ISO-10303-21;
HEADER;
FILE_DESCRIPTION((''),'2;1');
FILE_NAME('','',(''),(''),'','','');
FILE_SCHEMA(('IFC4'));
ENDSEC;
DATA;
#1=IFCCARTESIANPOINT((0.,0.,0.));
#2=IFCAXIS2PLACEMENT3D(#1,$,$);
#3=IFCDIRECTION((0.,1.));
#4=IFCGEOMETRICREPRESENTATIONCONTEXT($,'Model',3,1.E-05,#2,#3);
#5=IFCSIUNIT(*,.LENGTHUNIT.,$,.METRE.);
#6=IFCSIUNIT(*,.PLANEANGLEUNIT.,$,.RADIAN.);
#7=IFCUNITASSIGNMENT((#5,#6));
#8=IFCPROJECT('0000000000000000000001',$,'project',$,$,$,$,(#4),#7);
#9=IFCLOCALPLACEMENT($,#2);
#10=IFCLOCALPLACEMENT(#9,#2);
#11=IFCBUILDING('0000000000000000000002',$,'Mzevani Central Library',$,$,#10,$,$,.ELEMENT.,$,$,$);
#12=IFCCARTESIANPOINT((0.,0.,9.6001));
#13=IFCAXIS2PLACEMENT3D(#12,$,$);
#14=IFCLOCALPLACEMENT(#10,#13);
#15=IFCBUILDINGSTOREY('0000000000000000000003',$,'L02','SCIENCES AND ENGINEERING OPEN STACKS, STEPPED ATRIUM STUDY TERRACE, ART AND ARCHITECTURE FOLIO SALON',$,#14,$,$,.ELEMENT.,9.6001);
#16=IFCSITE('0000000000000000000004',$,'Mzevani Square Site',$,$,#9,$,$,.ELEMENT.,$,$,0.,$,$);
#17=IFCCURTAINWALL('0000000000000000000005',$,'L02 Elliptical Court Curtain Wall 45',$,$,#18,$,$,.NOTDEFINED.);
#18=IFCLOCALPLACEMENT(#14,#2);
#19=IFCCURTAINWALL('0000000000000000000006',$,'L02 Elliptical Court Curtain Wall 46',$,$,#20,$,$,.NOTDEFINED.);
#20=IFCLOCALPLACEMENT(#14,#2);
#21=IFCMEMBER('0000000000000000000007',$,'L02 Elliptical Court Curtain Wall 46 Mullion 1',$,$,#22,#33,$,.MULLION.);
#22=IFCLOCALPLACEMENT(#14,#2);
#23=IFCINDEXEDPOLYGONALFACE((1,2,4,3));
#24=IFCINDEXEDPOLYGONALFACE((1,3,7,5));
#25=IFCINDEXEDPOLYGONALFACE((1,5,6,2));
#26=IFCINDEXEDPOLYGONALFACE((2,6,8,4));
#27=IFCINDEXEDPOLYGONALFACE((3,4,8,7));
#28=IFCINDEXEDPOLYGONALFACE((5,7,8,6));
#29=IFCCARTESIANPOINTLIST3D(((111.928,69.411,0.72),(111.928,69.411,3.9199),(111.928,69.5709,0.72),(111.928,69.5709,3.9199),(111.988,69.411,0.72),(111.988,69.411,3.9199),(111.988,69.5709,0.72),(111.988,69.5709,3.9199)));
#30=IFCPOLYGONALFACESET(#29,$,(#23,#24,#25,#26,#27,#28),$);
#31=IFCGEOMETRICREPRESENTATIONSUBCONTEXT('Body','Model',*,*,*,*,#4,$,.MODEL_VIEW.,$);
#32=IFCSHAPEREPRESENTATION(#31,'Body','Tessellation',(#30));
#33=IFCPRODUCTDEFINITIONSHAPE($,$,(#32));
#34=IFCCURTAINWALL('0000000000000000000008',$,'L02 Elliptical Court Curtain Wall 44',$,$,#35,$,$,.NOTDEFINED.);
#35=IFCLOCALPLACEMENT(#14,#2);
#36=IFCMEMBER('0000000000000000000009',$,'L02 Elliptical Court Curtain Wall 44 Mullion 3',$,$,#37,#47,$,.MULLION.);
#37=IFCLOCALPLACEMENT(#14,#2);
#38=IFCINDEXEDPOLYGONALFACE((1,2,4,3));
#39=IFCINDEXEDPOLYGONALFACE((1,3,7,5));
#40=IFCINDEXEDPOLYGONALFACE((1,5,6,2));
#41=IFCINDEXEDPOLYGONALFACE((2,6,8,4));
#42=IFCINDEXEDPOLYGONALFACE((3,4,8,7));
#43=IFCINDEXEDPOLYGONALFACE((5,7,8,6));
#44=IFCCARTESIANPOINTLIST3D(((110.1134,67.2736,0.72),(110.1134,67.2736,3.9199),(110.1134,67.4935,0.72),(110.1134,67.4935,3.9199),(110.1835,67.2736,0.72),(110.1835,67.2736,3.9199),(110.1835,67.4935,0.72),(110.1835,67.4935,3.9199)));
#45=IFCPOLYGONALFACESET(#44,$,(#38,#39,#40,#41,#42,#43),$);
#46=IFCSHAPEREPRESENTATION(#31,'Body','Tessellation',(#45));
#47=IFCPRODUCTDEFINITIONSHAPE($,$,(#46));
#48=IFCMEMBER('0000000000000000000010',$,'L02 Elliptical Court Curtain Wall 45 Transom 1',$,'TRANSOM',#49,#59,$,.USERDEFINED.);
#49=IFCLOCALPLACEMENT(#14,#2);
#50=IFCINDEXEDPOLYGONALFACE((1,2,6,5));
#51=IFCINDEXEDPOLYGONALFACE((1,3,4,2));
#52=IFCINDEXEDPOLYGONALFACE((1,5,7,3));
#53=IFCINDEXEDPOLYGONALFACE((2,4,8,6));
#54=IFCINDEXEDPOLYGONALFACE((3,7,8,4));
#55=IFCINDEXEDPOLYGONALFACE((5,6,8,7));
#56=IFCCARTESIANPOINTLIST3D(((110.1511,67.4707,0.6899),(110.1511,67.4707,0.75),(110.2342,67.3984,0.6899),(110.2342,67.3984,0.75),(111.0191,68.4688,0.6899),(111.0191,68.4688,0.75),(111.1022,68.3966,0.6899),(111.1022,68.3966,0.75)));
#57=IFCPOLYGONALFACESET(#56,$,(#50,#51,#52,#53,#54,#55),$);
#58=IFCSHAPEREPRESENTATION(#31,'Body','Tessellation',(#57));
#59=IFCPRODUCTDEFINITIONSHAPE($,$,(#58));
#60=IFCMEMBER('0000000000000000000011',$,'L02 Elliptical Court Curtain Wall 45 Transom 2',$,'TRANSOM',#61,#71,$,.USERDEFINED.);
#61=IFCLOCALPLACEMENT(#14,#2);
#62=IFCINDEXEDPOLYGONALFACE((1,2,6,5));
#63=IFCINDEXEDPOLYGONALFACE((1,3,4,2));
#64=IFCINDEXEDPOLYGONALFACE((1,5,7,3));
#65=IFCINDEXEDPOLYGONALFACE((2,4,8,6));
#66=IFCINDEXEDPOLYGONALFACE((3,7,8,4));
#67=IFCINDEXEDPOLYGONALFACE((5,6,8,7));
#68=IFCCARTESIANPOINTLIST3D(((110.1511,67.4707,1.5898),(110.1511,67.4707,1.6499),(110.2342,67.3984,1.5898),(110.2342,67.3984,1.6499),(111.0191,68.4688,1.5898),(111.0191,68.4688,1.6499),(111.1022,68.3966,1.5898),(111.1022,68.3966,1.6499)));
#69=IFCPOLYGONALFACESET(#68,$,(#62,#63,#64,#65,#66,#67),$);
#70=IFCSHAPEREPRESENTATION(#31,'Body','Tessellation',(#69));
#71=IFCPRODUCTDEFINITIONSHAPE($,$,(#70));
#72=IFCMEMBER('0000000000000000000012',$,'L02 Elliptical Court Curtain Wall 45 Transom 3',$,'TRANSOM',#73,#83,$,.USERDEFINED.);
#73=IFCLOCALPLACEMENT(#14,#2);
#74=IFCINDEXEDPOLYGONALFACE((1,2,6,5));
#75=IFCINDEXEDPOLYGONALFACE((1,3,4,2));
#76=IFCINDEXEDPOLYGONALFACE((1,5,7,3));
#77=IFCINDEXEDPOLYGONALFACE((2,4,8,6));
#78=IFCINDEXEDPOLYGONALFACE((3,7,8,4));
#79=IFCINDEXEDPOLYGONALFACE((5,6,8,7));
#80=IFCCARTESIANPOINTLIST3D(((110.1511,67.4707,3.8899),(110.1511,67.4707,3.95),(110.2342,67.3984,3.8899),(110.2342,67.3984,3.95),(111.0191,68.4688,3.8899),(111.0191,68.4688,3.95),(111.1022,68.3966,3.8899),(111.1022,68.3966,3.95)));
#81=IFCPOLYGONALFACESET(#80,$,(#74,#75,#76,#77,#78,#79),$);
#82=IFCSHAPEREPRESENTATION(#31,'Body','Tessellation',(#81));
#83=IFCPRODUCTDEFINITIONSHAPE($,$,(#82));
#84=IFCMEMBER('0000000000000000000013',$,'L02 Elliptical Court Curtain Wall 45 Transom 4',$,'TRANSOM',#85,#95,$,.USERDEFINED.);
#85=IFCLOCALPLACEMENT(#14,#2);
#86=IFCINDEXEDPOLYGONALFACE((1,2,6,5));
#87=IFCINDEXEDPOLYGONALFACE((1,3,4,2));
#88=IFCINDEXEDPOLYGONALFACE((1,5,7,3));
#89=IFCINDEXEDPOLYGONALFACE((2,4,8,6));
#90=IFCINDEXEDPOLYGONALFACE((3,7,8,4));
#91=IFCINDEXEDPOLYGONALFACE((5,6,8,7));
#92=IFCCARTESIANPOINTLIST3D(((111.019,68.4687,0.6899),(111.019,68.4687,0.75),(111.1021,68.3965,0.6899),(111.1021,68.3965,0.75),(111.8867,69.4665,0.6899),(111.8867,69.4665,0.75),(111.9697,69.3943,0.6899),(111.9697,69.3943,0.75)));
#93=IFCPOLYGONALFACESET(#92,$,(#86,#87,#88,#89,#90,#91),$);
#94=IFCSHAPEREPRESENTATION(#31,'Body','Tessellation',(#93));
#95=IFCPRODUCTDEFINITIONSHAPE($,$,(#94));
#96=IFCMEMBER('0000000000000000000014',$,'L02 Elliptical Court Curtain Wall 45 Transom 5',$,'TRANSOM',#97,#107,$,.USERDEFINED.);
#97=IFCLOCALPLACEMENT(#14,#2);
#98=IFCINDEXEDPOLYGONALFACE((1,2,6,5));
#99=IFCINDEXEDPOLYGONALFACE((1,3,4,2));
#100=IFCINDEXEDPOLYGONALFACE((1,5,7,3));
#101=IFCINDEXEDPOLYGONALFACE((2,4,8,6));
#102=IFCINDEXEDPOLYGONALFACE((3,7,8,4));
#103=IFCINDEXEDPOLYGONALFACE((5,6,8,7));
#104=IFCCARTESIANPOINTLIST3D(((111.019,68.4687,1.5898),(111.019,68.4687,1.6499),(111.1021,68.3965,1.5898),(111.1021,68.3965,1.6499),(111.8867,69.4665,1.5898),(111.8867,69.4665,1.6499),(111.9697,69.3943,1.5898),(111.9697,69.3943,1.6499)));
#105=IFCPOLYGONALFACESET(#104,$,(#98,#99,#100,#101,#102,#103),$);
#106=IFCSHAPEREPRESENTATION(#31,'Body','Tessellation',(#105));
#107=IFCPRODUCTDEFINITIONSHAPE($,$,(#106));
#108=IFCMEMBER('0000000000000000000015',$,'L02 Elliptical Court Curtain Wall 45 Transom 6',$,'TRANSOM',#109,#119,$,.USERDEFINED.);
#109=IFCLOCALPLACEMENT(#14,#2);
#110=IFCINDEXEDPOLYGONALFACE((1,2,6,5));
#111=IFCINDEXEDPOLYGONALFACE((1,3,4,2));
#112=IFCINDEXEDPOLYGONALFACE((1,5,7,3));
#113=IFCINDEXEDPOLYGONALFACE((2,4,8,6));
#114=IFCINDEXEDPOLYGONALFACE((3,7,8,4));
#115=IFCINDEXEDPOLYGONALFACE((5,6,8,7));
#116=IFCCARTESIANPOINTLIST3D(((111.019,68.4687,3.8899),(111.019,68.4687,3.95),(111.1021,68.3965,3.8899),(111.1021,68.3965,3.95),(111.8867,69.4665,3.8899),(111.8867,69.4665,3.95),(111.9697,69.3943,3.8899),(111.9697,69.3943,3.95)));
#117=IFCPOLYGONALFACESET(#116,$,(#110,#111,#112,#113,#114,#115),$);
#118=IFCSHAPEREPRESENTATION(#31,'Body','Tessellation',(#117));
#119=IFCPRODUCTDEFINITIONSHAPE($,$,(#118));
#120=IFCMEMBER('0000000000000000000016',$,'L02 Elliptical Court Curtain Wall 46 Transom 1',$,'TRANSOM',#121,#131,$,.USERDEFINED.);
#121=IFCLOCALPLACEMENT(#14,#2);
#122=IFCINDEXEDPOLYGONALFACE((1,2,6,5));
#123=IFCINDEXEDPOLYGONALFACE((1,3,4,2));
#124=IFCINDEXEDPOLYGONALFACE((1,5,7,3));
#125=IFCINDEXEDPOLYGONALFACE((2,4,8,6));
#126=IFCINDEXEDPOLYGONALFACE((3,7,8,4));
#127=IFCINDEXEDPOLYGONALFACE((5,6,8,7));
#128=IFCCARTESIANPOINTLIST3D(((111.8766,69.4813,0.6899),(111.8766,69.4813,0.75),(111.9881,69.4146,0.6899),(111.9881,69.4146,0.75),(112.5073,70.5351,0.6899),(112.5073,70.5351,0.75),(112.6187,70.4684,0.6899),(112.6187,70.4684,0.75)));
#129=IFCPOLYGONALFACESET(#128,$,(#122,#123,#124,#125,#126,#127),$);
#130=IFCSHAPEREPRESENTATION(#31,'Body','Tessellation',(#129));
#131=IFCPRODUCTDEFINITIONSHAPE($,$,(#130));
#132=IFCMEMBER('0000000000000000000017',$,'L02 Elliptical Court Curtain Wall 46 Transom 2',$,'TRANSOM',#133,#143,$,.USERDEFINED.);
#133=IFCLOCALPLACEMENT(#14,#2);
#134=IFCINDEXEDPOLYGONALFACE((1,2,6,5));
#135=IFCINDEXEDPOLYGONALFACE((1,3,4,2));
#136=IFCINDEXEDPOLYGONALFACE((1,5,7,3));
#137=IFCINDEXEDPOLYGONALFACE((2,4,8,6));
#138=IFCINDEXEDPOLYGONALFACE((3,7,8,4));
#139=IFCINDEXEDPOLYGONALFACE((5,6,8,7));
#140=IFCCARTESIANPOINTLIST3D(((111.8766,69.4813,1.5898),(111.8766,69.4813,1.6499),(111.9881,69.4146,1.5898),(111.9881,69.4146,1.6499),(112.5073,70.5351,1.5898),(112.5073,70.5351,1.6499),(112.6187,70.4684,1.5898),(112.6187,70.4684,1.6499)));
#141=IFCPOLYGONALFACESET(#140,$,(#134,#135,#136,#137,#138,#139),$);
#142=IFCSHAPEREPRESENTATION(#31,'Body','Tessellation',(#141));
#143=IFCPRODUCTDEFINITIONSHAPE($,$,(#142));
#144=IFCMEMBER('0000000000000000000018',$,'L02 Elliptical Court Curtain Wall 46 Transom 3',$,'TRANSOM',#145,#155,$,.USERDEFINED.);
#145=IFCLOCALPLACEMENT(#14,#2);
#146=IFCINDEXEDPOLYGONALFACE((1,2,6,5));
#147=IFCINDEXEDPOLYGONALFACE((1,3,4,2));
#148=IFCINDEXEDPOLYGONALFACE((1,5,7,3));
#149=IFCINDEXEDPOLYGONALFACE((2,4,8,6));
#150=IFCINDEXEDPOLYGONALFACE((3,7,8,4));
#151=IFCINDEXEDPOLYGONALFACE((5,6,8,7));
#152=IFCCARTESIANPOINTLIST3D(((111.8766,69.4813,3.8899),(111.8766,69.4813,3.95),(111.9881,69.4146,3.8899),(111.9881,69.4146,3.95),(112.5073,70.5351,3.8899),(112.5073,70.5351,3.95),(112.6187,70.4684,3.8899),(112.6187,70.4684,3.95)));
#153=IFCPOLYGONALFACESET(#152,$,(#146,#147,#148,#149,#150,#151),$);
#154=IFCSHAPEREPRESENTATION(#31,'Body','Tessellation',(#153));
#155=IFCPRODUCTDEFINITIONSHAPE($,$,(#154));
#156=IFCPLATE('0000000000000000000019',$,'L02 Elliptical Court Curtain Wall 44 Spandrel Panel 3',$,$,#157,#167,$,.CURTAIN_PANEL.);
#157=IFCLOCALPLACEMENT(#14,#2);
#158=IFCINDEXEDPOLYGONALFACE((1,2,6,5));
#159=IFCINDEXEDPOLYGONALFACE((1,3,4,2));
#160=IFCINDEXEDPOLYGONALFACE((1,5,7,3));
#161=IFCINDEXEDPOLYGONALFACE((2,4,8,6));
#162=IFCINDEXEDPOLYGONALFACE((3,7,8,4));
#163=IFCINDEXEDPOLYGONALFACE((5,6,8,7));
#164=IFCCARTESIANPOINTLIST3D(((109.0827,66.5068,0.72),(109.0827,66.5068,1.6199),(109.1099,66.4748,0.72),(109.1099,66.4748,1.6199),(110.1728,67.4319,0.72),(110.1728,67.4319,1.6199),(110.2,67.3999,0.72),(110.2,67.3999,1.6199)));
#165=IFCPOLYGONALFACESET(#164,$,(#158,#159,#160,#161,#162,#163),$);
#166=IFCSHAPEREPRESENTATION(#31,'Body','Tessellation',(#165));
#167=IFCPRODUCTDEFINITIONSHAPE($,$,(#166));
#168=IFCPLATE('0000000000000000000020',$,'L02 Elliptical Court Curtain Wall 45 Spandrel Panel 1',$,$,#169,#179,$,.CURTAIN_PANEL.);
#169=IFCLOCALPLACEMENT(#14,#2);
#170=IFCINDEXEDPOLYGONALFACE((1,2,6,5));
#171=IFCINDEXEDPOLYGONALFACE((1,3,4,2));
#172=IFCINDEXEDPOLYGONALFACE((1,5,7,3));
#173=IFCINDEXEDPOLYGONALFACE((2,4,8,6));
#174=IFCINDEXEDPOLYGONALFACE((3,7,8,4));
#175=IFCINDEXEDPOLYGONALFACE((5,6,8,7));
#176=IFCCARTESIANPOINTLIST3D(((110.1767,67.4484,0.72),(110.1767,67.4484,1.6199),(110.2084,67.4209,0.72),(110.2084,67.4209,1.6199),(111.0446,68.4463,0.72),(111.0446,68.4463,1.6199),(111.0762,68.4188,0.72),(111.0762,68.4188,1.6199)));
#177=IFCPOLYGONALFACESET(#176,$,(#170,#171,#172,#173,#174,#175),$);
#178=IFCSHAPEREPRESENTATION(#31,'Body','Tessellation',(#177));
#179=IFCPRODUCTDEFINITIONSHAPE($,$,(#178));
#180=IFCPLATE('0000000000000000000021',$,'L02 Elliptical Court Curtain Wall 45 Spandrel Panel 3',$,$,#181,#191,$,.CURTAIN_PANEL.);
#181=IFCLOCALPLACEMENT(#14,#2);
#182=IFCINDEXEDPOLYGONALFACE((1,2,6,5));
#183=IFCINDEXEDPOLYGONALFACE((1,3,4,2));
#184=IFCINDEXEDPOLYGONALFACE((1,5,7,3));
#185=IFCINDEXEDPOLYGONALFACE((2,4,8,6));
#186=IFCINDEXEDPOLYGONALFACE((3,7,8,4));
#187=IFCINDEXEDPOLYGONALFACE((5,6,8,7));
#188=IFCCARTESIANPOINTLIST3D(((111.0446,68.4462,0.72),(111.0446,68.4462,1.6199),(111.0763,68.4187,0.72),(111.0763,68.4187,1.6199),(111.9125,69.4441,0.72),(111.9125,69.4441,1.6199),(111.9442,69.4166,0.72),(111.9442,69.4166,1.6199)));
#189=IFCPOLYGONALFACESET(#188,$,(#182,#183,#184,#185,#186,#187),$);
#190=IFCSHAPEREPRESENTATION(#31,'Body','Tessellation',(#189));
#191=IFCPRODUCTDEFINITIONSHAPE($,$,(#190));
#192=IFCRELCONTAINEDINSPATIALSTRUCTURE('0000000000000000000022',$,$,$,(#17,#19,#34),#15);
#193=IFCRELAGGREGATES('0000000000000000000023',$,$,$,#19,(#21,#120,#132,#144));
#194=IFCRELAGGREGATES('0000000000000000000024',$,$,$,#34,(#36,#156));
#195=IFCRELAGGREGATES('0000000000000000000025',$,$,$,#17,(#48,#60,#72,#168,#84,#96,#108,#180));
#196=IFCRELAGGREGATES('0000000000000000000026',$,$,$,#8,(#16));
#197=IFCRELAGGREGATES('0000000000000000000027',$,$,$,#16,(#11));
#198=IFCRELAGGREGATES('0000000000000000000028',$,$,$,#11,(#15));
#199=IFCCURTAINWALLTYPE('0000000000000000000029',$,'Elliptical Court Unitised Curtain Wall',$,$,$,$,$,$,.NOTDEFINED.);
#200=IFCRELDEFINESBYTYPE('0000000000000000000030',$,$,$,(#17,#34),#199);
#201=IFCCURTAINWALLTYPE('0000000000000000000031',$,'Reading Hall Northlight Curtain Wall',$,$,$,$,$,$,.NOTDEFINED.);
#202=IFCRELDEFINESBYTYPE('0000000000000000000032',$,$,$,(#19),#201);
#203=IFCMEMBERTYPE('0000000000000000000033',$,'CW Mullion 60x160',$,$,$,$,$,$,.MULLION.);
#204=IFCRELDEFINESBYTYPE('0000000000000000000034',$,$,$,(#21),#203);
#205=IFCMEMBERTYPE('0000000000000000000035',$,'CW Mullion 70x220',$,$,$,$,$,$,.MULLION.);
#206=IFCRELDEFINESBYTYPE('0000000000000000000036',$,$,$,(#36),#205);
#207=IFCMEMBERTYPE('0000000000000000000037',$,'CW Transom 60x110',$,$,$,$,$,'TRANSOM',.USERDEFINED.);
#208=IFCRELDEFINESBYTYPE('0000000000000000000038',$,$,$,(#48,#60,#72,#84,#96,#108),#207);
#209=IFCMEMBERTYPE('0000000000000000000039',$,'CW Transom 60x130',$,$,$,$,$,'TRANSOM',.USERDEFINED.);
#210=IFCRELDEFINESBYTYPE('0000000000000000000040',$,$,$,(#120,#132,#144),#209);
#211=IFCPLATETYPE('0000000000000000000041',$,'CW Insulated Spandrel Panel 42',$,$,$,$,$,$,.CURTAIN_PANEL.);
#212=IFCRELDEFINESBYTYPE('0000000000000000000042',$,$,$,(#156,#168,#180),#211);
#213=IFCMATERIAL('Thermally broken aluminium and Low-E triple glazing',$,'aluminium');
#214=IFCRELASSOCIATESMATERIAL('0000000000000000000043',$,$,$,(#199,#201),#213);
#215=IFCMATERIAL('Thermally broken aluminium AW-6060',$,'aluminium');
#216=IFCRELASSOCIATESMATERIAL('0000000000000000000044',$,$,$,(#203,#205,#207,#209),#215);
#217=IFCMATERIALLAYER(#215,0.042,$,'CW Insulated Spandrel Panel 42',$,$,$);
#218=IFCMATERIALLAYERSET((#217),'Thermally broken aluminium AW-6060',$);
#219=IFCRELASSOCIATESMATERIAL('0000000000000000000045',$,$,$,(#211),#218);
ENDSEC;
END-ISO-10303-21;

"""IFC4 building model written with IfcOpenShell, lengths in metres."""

from ifc_helpers import new_model, si_unit, direction, frame, origin, origin_2d, place, context, subcontext, project, spatial, rectangle, extrude, material, layer, layer_set, material_profile, profile_set, type_object, element, aggregate, save


model = new_model("IFC4")

# Units and contexts
model_context = context("Model", 3, precision=1e-05, world=origin(), true_north=direction((0.0, 1.0)))
body_context = subcontext(model_context, "Body", "Model", "MODEL_VIEW")
ifc_project = project(units=[si_unit("LENGTHUNIT", "METRE"), si_unit("PLANEANGLEUNIT", "RADIAN")], contexts=[model_context])

# Site, building, storey
site_placement = place(None, origin())
site = spatial("IfcSite", under=ifc_project, at=site_placement, Name="Mzevani Square Site", CompositionType="ELEMENT", RefElevation=0.0)
building_placement = place(site_placement, origin())
building = spatial("IfcBuilding", under=site, at=building_placement, Name="Mzevani Central Library", CompositionType="ELEMENT")
storey_placement = place(building_placement, frame((0.0, 0.0, 9.6001)))
storey = spatial("IfcBuildingStorey", under=building, at=storey_placement, Name="L02", Description="SCIENCES AND ENGINEERING OPEN STACKS, STEPPED ATRIUM STUDY TERRACE, ART AND ARCHITECTURE FOLIO SALON", CompositionType="ELEMENT", Elevation=9.6001)

# Curtain wall
ifc_material_1 = material(Name="Thermally broken aluminium and Low-E triple glazing", Category="aluminium")
curtain_wall_type_1 = type_object("IfcCurtainWallType", Name="Elliptical Court Unitised Curtain Wall", PredefinedType="NOTDEFINED", material=ifc_material_1)
curtain_wall_1_placement = place(storey_placement, origin())
curtain_wall_1 = element("IfcCurtainWall", 1, at=curtain_wall_1_placement, inside=storey, type_object=curtain_wall_type_1, Name="L02 Elliptical Court Curtain Wall 45", PredefinedType="NOTDEFINED")
ifc_material_2 = material(Name="Thermally broken aluminium AW-6060", Category="aluminium")

# Curtain walls, members
curtain_wall_type_2 = type_object("IfcCurtainWallType", Name="Reading Hall Northlight Curtain Wall", PredefinedType="NOTDEFINED", material=ifc_material_1)
curtain_wall_2_placement = place(storey_placement, origin())
curtain_wall_2 = element("IfcCurtainWall", 2, at=curtain_wall_2_placement, inside=storey, type_object=curtain_wall_type_2, Name="L02 Elliptical Court Curtain Wall 46", PredefinedType="NOTDEFINED")
ifc_material_profile_1 = material_profile(ifc_material_2, rectangle(XDim=0.0601, YDim=0.1599, at=origin_2d()), Name="ALU M60x160")
ifc_profile_set_1 = profile_set([ifc_material_profile_1], Name="Thermally broken aluminium AW-6060")
member_type_1 = type_object("IfcMemberType", Name="CW Mullion 60x160", PredefinedType="MULLION", material=ifc_profile_set_1)
member_1_placement = place(storey_placement, frame((111.958, 69.491, 0.72), z_axis=(0.0, 0.0, 1.0), x_axis=(1.0, 0.0, 0.0)))
member_1 = element("IfcMember", 3, at=member_1_placement, type_object=member_type_1, Name="L02 Elliptical Court Curtain Wall 46 Mullion 1", PredefinedType="MULLION", context=body_context, shape_type="SweptSolid", body=[
    extrude(rectangle(XDim=0.0601, YDim=0.1599, at=origin_2d()), origin(), (0.0, 0.0, 1.0), 3.2),
])
curtain_wall_3_placement = place(storey_placement, origin())
curtain_wall_3 = element("IfcCurtainWall", 4, at=curtain_wall_3_placement, inside=storey, type_object=curtain_wall_type_1, Name="L02 Elliptical Court Curtain Wall 44", PredefinedType="NOTDEFINED")
ifc_material_profile_2 = material_profile(ifc_material_2, rectangle(XDim=0.0701, YDim=0.22, at=origin_2d()), Name="ALU M70x220")
ifc_profile_set_2 = profile_set([ifc_material_profile_2], Name="Thermally broken aluminium AW-6060")
member_type_2 = type_object("IfcMemberType", Name="CW Mullion 70x220", PredefinedType="MULLION", material=ifc_profile_set_2)
member_2_placement = place(storey_placement, frame((110.1484, 67.3835, 0.72), z_axis=(0.0, 0.0, 1.0), x_axis=(1.0, 0.0, 0.0)))
member_2 = element("IfcMember", 5, at=member_2_placement, type_object=member_type_2, Name="L02 Elliptical Court Curtain Wall 44 Mullion 3", PredefinedType="MULLION", context=body_context, shape_type="SweptSolid", body=[
    extrude(rectangle(XDim=0.0701, YDim=0.22, at=origin_2d()), origin(), (0.0, 0.0, 1.0), 3.2),
])

# Members
ifc_material_profile_3 = material_profile(ifc_material_2, rectangle(XDim=0.1101, YDim=0.0601, at=origin_2d()), Name="ALU T60x110")
ifc_profile_set_3 = profile_set([ifc_material_profile_3], Name="Thermally broken aluminium AW-6060")
member_type_3 = type_object("IfcMemberType", Name="CW Transom 60x110", ElementType="TRANSOM", PredefinedType="USERDEFINED", material=ifc_profile_set_3)
member_3_placement = place(storey_placement, frame((110.1926, 67.4346, 0.72), z_axis=(0.656202, 0.754586, 0.0), x_axis=(-0.754586, 0.656202, 0.0)))
member_3 = element("IfcMember", 6, at=member_3_placement, type_object=member_type_3, Name="L02 Elliptical Court Curtain Wall 45 Transom 1", ObjectType="TRANSOM", PredefinedType="USERDEFINED", context=body_context, shape_type="SweptSolid", body=[
    extrude(rectangle(XDim=0.1101, YDim=0.0601, at=origin_2d()), origin(), (0.0, 0.0, 1.0), 1.3228),
])
member_4_placement = place(storey_placement, frame((110.1926, 67.4346, 1.6199), z_axis=(0.656202, 0.754586, 0.0), x_axis=(-0.754586, 0.656202, 0.0)))
member_4 = element("IfcMember", 7, at=member_4_placement, type_object=member_type_3, Name="L02 Elliptical Court Curtain Wall 45 Transom 2", ObjectType="TRANSOM", PredefinedType="USERDEFINED", context=body_context, shape_type="SweptSolid", body=[
    extrude(rectangle(XDim=0.1101, YDim=0.0601, at=origin_2d()), origin(), (0.0, 0.0, 1.0), 1.3228),
])
member_5_placement = place(storey_placement, frame((110.1926, 67.4346, 3.9199), z_axis=(0.656202, 0.754586, 0.0), x_axis=(-0.754586, 0.656202, 0.0)))
member_5 = element("IfcMember", 8, at=member_5_placement, type_object=member_type_3, Name="L02 Elliptical Court Curtain Wall 45 Transom 3", ObjectType="TRANSOM", PredefinedType="USERDEFINED", context=body_context, shape_type="SweptSolid", body=[
    extrude(rectangle(XDim=0.1101, YDim=0.0601, at=origin_2d()), origin(), (0.0, 0.0, 1.0), 1.3228),
])
member_6_placement = place(storey_placement, frame((111.0605, 68.4326, 0.72), z_axis=(0.656188, 0.754598, 0.0), x_axis=(-0.754598, 0.656188, 0.0)))
member_6 = element("IfcMember", 9, at=member_6_placement, type_object=member_type_3, Name="L02 Elliptical Court Curtain Wall 45 Transom 4", ObjectType="TRANSOM", PredefinedType="USERDEFINED", context=body_context, shape_type="SweptSolid", body=[
    extrude(rectangle(XDim=0.1101, YDim=0.0601, at=origin_2d()), origin(), (0.0, 0.0, 1.0), 1.3223),
])
member_7_placement = place(storey_placement, frame((111.0605, 68.4326, 1.6199), z_axis=(0.656188, 0.754598, 0.0), x_axis=(-0.754598, 0.656188, 0.0)))
member_7 = element("IfcMember", 10, at=member_7_placement, type_object=member_type_3, Name="L02 Elliptical Court Curtain Wall 45 Transom 5", ObjectType="TRANSOM", PredefinedType="USERDEFINED", context=body_context, shape_type="SweptSolid", body=[
    extrude(rectangle(XDim=0.1101, YDim=0.0601, at=origin_2d()), origin(), (0.0, 0.0, 1.0), 1.3223),
])
member_8_placement = place(storey_placement, frame((111.0605, 68.4326, 3.9199), z_axis=(0.656188, 0.754598, 0.0), x_axis=(-0.754598, 0.656188, 0.0)))
member_8 = element("IfcMember", 11, at=member_8_placement, type_object=member_type_3, Name="L02 Elliptical Court Curtain Wall 45 Transom 6", ObjectType="TRANSOM", PredefinedType="USERDEFINED", context=body_context, shape_type="SweptSolid", body=[
    extrude(rectangle(XDim=0.1101, YDim=0.0601, at=origin_2d()), origin(), (0.0, 0.0, 1.0), 1.3223),
])
ifc_material_profile_4 = material_profile(ifc_material_2, rectangle(XDim=0.1299, YDim=0.0601, at=origin_2d()), Name="ALU T60x130")
ifc_profile_set_4 = profile_set([ifc_material_profile_4], Name="Thermally broken aluminium AW-6060")
member_type_4 = type_object("IfcMemberType", Name="CW Transom 60x130", ElementType="TRANSOM", PredefinedType="USERDEFINED", material=ifc_profile_set_4)
member_9_placement = place(storey_placement, frame((111.9324, 69.448, 0.72), z_axis=(0.513531, 0.858071, 0.0), x_axis=(-0.858071, 0.513531, 0.0)))
member_9 = element("IfcMember", 12, at=member_9_placement, type_object=member_type_4, Name="L02 Elliptical Court Curtain Wall 46 Transom 1", ObjectType="TRANSOM", PredefinedType="USERDEFINED", context=body_context, shape_type="SweptSolid", body=[
    extrude(rectangle(XDim=0.1299, YDim=0.0601, at=origin_2d()), origin(), (0.0, 0.0, 1.0), 1.228),
])
member_10_placement = place(storey_placement, frame((111.9324, 69.448, 1.6199), z_axis=(0.513531, 0.858071, 0.0), x_axis=(-0.858071, 0.513531, 0.0)))
member_10 = element("IfcMember", 13, at=member_10_placement, type_object=member_type_4, Name="L02 Elliptical Court Curtain Wall 46 Transom 2", ObjectType="TRANSOM", PredefinedType="USERDEFINED", context=body_context, shape_type="SweptSolid", body=[
    extrude(rectangle(XDim=0.1299, YDim=0.0601, at=origin_2d()), origin(), (0.0, 0.0, 1.0), 1.228),
])
member_11_placement = place(storey_placement, frame((111.9324, 69.448, 3.9199), z_axis=(0.513531, 0.858071, 0.0), x_axis=(-0.858071, 0.513531, 0.0)))
member_11 = element("IfcMember", 14, at=member_11_placement, type_object=member_type_4, Name="L02 Elliptical Court Curtain Wall 46 Transom 3", ObjectType="TRANSOM", PredefinedType="USERDEFINED", context=body_context, shape_type="SweptSolid", body=[
    extrude(rectangle(XDim=0.1299, YDim=0.0601, at=origin_2d()), origin(), (0.0, 0.0, 1.0), 1.228),
])
aggregate(curtain_wall_2, [member_1, member_9, member_10, member_11])

# Plates
ifc_layer_1 = layer(ifc_material_2, 0.042, Name="CW Insulated Spandrel Panel 42")
ifc_layer_set_1 = layer_set([ifc_layer_1], Name="Thermally broken aluminium AW-6060")
plate_type_1 = type_object("IfcPlateType", Name="CW Insulated Spandrel Panel 42", PredefinedType="CURTAIN_PANEL", material=ifc_layer_set_1)
plate_1_placement = place(storey_placement, frame((109.6414, 66.9534, 0.72), z_axis=(0.0, 0.0, 1.0), x_axis=(0.762435, 0.647065, 0.0)))
plate_1 = element("IfcPlate", 15, at=plate_1_placement, type_object=plate_type_1, Name="L02 Elliptical Court Curtain Wall 44 Spandrel Panel 3", PredefinedType="CURTAIN_PANEL", context=body_context, shape_type="SweptSolid", body=[
    extrude(rectangle(XDim=1.4297, YDim=0.042, at=origin_2d()), origin(), (0.0, 0.0, 1.0), 0.8999),
])
plate_2_placement = place(storey_placement, frame((110.6265, 67.9336, 0.72), z_axis=(0.0, 0.0, 1.0), x_axis=(0.656226, 0.754564, 0.0)))
plate_2 = element("IfcPlate", 16, at=plate_2_placement, type_object=plate_type_1, Name="L02 Elliptical Court Curtain Wall 45 Spandrel Panel 1", PredefinedType="CURTAIN_PANEL", context=body_context, shape_type="SweptSolid", body=[
    extrude(rectangle(XDim=1.3225, YDim=0.042, at=origin_2d()), origin(), (0.0, 0.0, 1.0), 0.8999),
])
plate_3_placement = place(storey_placement, frame((111.4944, 68.9314, 0.72), z_axis=(0.0, 0.0, 1.0), x_axis=(0.656226, 0.754564, 0.0)))
plate_3 = element("IfcPlate", 17, at=plate_3_placement, type_object=plate_type_1, Name="L02 Elliptical Court Curtain Wall 45 Spandrel Panel 3", PredefinedType="CURTAIN_PANEL", context=body_context, shape_type="SweptSolid", body=[
    extrude(rectangle(XDim=1.3225, YDim=0.042, at=origin_2d()), origin(), (0.0, 0.0, 1.0), 0.8999),
])
aggregate(curtain_wall_3, [member_2, plate_1])
aggregate(curtain_wall_1, [member_3, member_4, member_5, plate_2, member_6, member_7, member_8, plate_3])

save(model, "model.ifc")
